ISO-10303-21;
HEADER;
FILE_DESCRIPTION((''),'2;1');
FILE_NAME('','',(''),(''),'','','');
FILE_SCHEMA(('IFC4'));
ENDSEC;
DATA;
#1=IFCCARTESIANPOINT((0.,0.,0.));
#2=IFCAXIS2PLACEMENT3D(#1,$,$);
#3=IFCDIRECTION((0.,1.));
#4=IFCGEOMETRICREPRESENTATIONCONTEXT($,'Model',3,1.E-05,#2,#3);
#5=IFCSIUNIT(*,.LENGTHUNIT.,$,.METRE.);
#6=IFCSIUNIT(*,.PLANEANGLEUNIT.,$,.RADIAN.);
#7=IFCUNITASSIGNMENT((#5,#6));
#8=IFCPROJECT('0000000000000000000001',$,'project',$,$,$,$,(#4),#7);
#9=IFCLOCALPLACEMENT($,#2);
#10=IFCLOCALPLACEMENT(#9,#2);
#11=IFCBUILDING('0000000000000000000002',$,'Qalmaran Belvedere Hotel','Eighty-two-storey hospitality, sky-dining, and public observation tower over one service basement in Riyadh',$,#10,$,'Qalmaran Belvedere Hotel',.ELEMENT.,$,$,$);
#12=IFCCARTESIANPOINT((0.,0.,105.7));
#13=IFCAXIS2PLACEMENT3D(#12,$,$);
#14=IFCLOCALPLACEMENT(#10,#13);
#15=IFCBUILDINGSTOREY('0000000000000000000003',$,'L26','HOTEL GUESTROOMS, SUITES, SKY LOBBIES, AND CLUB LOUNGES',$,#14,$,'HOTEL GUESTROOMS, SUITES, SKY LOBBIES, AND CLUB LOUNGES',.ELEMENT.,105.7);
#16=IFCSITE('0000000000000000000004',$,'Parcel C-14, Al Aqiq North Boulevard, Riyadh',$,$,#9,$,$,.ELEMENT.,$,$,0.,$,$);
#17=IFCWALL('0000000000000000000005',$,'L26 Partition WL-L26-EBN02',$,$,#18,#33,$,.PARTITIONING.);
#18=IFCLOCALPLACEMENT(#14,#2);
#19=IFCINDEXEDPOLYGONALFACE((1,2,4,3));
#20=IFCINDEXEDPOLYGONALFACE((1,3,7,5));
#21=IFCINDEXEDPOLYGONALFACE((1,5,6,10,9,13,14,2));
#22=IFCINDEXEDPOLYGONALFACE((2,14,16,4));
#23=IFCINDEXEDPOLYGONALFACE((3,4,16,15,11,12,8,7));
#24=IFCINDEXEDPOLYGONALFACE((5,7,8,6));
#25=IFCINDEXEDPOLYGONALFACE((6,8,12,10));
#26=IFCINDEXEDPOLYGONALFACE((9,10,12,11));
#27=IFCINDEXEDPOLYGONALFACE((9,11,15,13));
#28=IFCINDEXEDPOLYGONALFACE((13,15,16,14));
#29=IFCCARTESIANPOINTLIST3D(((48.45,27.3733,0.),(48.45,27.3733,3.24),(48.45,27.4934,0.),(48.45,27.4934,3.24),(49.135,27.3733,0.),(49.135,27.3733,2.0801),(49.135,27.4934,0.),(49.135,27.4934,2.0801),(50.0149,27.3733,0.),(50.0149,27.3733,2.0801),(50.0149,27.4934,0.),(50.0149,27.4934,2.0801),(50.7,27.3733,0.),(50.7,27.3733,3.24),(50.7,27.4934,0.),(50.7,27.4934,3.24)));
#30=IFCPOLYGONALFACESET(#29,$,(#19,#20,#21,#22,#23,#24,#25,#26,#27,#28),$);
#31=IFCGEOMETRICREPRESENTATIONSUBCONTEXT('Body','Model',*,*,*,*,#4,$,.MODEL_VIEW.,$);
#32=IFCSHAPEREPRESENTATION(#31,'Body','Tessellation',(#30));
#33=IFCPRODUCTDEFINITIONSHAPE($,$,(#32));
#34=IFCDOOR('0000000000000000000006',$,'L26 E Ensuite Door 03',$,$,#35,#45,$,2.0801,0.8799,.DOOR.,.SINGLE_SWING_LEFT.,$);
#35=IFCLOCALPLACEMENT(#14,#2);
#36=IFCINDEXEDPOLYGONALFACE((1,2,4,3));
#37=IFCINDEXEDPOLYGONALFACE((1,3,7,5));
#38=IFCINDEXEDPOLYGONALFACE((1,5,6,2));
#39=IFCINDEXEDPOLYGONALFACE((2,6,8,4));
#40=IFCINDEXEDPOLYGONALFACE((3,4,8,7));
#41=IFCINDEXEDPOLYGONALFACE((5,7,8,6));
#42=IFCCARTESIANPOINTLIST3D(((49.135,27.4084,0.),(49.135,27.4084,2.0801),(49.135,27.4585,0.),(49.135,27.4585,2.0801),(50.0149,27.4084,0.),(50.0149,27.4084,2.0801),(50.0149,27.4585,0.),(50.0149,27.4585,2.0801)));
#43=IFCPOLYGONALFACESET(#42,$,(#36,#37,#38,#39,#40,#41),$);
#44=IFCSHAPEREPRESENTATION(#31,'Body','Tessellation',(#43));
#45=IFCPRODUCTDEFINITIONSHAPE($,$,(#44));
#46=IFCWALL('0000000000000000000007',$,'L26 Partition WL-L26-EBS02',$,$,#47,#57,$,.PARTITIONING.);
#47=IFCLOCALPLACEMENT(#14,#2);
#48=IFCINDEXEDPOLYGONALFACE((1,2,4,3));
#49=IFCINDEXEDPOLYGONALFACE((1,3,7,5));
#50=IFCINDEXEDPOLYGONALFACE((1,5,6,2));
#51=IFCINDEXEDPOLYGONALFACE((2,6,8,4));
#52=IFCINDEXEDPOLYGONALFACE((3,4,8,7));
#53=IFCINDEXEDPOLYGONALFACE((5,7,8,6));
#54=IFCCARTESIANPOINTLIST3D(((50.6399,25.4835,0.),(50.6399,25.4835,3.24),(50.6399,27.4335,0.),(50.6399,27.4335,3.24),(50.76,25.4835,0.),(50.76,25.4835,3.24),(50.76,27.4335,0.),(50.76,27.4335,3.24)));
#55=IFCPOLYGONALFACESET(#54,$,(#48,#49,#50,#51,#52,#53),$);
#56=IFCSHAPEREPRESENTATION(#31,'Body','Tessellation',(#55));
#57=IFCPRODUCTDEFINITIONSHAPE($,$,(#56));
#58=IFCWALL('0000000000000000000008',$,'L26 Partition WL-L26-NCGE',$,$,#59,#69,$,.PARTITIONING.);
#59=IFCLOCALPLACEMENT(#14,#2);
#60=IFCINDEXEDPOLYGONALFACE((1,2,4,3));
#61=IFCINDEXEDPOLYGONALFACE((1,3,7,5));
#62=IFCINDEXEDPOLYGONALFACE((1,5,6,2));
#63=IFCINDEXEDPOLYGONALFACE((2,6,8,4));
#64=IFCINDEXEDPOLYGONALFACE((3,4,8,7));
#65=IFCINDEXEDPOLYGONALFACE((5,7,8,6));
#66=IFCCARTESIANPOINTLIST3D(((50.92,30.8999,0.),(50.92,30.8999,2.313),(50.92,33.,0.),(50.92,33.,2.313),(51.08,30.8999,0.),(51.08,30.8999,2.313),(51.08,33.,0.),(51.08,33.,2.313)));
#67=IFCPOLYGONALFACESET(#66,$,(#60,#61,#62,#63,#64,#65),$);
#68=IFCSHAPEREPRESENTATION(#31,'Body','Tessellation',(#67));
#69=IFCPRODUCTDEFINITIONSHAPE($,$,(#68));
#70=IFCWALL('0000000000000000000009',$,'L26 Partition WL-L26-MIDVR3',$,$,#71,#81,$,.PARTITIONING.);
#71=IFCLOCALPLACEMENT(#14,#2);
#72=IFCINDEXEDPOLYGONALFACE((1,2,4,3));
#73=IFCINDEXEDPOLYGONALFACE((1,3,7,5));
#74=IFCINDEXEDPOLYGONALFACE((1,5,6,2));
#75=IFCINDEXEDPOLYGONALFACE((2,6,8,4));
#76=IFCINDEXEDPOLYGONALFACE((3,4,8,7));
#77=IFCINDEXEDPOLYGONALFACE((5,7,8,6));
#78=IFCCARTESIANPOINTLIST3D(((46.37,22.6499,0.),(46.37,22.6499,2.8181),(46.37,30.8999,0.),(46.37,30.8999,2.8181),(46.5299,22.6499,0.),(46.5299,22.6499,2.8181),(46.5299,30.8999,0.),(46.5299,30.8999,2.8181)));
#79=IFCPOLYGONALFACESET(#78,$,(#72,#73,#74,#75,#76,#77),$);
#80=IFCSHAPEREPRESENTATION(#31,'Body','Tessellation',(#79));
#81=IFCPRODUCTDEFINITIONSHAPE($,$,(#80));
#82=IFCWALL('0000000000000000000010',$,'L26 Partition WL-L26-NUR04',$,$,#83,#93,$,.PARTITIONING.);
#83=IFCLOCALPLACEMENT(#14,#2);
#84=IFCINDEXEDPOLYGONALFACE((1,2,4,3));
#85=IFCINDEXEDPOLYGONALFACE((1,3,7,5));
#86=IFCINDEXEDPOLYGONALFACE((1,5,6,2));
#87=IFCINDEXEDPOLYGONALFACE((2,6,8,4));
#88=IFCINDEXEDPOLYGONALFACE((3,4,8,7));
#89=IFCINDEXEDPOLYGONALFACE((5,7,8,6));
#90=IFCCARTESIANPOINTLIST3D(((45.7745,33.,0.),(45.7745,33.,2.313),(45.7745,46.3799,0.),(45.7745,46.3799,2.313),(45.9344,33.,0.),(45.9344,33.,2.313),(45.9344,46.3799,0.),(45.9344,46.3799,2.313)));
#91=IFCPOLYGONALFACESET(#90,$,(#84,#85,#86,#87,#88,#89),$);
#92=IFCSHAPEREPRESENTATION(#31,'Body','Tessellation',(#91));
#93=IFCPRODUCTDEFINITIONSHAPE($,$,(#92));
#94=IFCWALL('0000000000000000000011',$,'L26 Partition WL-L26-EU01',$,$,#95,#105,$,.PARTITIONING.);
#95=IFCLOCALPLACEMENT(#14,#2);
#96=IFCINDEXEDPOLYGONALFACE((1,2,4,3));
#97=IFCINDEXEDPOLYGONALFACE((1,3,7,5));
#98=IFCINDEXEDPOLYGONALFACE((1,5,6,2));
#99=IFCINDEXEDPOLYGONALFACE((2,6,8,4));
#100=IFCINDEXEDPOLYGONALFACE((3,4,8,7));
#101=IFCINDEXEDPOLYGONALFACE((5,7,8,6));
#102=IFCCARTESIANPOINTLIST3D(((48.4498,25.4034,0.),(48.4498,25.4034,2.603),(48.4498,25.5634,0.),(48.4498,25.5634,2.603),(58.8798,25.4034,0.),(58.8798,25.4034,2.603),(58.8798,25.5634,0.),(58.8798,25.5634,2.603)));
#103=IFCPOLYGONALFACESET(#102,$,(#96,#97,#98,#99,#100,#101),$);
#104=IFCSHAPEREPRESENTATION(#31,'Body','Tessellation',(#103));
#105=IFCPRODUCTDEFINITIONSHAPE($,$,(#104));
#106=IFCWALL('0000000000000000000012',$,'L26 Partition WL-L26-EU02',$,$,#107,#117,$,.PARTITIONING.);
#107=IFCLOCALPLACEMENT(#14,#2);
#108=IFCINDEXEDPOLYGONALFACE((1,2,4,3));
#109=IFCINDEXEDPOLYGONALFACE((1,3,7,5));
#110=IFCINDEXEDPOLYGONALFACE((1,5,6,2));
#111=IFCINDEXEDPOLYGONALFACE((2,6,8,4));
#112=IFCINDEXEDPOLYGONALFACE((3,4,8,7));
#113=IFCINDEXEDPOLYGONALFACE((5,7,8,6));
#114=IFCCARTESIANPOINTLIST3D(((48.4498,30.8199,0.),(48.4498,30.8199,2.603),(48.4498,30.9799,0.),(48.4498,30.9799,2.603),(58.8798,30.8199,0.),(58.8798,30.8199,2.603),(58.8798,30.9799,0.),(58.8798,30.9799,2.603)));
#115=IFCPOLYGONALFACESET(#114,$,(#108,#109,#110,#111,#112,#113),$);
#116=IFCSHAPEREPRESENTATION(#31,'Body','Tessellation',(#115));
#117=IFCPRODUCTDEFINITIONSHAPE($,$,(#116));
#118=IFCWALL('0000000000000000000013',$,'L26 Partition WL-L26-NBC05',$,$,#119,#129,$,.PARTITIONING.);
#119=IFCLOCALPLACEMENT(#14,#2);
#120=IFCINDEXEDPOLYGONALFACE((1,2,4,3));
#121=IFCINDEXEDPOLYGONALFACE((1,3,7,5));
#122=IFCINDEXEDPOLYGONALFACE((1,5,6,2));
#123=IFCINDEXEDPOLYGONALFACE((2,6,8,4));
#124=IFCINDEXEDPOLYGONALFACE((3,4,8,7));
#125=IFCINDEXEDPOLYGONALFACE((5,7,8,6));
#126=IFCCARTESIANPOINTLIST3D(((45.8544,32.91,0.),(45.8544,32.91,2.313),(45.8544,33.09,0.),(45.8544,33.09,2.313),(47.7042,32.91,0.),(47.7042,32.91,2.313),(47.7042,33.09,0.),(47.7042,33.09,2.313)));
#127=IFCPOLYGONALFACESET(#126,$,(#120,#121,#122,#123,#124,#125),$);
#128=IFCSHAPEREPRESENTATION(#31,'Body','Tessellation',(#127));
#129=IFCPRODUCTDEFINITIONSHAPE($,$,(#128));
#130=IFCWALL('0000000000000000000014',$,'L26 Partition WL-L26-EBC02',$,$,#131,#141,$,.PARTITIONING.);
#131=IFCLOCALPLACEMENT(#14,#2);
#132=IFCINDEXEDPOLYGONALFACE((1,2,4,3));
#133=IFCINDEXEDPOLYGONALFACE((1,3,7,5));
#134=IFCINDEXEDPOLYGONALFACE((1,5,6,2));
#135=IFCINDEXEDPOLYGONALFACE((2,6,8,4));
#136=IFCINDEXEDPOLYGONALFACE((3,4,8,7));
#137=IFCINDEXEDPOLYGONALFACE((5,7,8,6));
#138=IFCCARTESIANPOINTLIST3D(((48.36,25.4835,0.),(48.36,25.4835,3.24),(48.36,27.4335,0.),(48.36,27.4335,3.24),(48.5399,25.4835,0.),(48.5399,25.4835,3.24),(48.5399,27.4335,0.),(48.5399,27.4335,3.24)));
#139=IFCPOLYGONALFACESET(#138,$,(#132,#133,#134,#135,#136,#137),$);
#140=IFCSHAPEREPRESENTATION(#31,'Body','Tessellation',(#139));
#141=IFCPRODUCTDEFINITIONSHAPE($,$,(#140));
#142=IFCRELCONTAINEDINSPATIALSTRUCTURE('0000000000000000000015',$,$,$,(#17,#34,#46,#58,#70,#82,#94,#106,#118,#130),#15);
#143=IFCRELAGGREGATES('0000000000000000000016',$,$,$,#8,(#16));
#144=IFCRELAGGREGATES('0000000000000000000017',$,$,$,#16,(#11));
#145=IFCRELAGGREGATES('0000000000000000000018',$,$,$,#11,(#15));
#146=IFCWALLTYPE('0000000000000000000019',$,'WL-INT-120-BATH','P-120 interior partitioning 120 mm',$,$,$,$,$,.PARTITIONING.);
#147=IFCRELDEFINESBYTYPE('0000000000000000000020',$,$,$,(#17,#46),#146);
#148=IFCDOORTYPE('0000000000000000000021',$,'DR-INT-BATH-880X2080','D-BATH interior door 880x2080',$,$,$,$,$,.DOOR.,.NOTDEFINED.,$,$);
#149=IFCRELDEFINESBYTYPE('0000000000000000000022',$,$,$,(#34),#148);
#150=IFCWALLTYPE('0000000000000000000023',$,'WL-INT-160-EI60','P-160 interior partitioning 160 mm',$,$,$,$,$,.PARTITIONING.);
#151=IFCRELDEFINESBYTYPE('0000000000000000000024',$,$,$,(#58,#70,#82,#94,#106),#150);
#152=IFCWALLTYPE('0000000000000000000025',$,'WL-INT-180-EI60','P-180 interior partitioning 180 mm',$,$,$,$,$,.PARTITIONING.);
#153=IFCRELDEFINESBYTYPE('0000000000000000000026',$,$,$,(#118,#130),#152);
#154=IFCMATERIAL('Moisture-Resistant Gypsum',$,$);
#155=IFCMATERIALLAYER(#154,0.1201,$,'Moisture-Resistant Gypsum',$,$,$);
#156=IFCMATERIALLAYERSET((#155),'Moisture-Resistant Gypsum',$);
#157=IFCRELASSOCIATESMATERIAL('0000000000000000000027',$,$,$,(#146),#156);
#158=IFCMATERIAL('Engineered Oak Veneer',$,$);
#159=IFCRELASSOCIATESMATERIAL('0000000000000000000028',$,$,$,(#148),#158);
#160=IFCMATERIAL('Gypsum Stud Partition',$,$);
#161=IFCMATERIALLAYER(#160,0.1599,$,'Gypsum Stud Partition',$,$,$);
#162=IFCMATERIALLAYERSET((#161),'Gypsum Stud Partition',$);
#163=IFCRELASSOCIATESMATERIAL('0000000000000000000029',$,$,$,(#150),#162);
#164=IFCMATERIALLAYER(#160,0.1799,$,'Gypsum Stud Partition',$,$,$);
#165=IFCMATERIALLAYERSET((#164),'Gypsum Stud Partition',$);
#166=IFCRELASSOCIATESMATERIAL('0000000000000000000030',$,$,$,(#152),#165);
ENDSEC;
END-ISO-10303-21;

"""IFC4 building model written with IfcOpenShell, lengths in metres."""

from ifc_helpers import new_model, si_unit, direction, frame, frame_2d, origin, place, context, subcontext, project, spatial, rectangle, extrude, material, layer, layer_set, type_object, element, fill, save


model = new_model("IFC4")

# Units and contexts
model_context = context("Model", 3, precision=1e-05, world=origin(), true_north=direction((0.0, 1.0)))
body_context = subcontext(model_context, "Body", "Model", "MODEL_VIEW")
ifc_project = project(units=[si_unit("LENGTHUNIT", "METRE"), si_unit("PLANEANGLEUNIT", "RADIAN")], contexts=[model_context])

# Site, building, storey
site_placement = place(None, origin())
site = spatial("IfcSite", under=ifc_project, at=site_placement, Name="Parcel C-14, Al Aqiq North Boulevard, Riyadh", CompositionType="ELEMENT", RefElevation=0.0)
building_placement = place(site_placement, origin())
building = spatial("IfcBuilding", under=site, at=building_placement, Name="Qalmaran Belvedere Hotel", Description="Eighty-two-storey hospitality, sky-dining, and public observation tower over one service basement in Riyadh", LongName="Qalmaran Belvedere Hotel", CompositionType="ELEMENT")
storey_placement = place(building_placement, frame((0.0, 0.0, 105.7)))
storey = spatial("IfcBuildingStorey", under=building, at=storey_placement, Name="L26", Description="HOTEL GUESTROOMS, SUITES, SKY LOBBIES, AND CLUB LOUNGES", LongName="HOTEL GUESTROOMS, SUITES, SKY LOBBIES, AND CLUB LOUNGES", CompositionType="ELEMENT", Elevation=105.7)

# Wall, opening, door
ifc_material_1 = material(Name="Moisture-Resistant Gypsum")
ifc_layer_1 = layer(ifc_material_1, 0.1201, Name="Moisture-Resistant Gypsum")
ifc_layer_set_1 = layer_set([ifc_layer_1], Name="Moisture-Resistant Gypsum")
wall_type_1 = type_object("IfcWallType", Name="WL-INT-120-BATH", Description="P-120 interior partitioning 120 mm", PredefinedType="PARTITIONING", material=ifc_layer_set_1)
wall_1_placement = place(storey_placement, frame((48.45, 27.4333, 0.0), z_axis=(0.0, 0.0, 1.0), x_axis=(1.0, 0.0, 0.0)))
wall_1 = element("IfcWall", 1, at=wall_1_placement, inside=storey, type_object=wall_type_1, Name="L26 Partition WL-L26-EBN02", PredefinedType="PARTITIONING", context=body_context, shape_type="SweptSolid", body=[
    extrude(rectangle(XDim=2.25, YDim=0.1201, at=frame_2d((1.125, 0.0))), origin(), (0.0, 0.0, 1.0), 3.24),
])
opening_1_placement = place(wall_1_placement, frame((1.5649, 0.0, 0.0), z_axis=(0.0, 0.0, 1.0), x_axis=(-1.0, 0.0, 0.0)))
opening_1 = element("IfcOpeningElement", 2, at=opening_1_placement, cuts=wall_1, PredefinedType="OPENING", context=body_context, shape_type="SweptSolid", body=[
    extrude(rectangle(XDim=0.8799, YDim=2.0801, at=frame_2d((0.4399, 1.04))), frame((0.0, 0.0701, 0.0), z_axis=(0.0, -1.0, 0.0), x_axis=(1.0, 0.0, 0.0)), (0.0, 0.0, 1.0), 0.1401),
])
ifc_material_2 = material(Name="Engineered Oak Veneer")
door_type_1 = type_object("IfcDoorType", Name="DR-INT-BATH-880X2080", Description="D-BATH interior door 880x2080", OperationType="NOTDEFINED", PredefinedType="DOOR", material=ifc_material_2)
door_1_placement = place(opening_1_placement, origin())
door_1 = element("IfcDoor", 3, at=door_1_placement, inside=storey, type_object=door_type_1, Name="L26 E Ensuite Door 03", OperationType="SINGLE_SWING_LEFT", OverallHeight=2.0801, OverallWidth=0.8799, PredefinedType="DOOR", context=body_context, shape_type="SweptSolid", body=[
    extrude(rectangle(XDim=0.8799, YDim=2.0801, at=frame_2d((0.4399, 1.04))), frame((0.0, 0.0249, 0.0), z_axis=(0.0, -1.0, 0.0), x_axis=(1.0, 0.0, 0.0)), (0.0, 0.0, 1.0), 0.05),
])
fill(opening_1, door_1)

# Wall
wall_2_placement = place(storey_placement, frame((50.7, 25.4834, 0.0), z_axis=(0.0, 0.0, 1.0), x_axis=(0.0, 1.0, 0.0)))
element("IfcWall", 4, at=wall_2_placement, inside=storey, type_object=wall_type_1, Name="L26 Partition WL-L26-EBS02", PredefinedType="PARTITIONING", context=body_context, shape_type="SweptSolid", body=[
    extrude(rectangle(XDim=1.95, YDim=0.1201, at=frame_2d((0.9751, 0.0))), origin(), (0.0, 0.0, 1.0), 3.24),
])

# Shared definitions
ifc_material_3 = material(Name="Gypsum Stud Partition")

# Walls
ifc_layer_2 = layer(ifc_material_3, 0.1599, Name="Gypsum Stud Partition")
ifc_layer_set_2 = layer_set([ifc_layer_2], Name="Gypsum Stud Partition")
wall_type_2 = type_object("IfcWallType", Name="WL-INT-160-EI60", Description="P-160 interior partitioning 160 mm", PredefinedType="PARTITIONING", material=ifc_layer_set_2)
wall_3_placement = place(storey_placement, frame((51.0, 30.8999, 0.0), z_axis=(0.0, 0.0, 1.0), x_axis=(0.0, 1.0, 0.0)))
element("IfcWall", 5, at=wall_3_placement, inside=storey, type_object=wall_type_2, Name="L26 Partition WL-L26-NCGE", PredefinedType="PARTITIONING", context=body_context, shape_type="SweptSolid", body=[
    extrude(rectangle(XDim=2.1001, YDim=0.1599, at=frame_2d((1.05, 0.0))), origin(), (0.0, 0.0, 1.0), 2.313),
])
wall_4_placement = place(storey_placement, frame((46.45, 22.6499, 0.0), z_axis=(0.0, 0.0, 1.0), x_axis=(0.0, 1.0, 0.0)))
element("IfcWall", 6, at=wall_4_placement, inside=storey, type_object=wall_type_2, Name="L26 Partition WL-L26-MIDVR3", PredefinedType="PARTITIONING", context=body_context, shape_type="SweptSolid", body=[
    extrude(rectangle(XDim=8.25, YDim=0.1599, at=frame_2d((4.125, 0.0))), origin(), (0.0, 0.0, 1.0), 2.8181),
])
wall_5_placement = place(storey_placement, frame((45.8545, 33.0, 0.0), z_axis=(0.0, 0.0, 1.0), x_axis=(0.0, 1.0, 0.0)))
element("IfcWall", 7, at=wall_5_placement, inside=storey, type_object=wall_type_2, Name="L26 Partition WL-L26-NUR04", PredefinedType="PARTITIONING", context=body_context, shape_type="SweptSolid", body=[
    extrude(rectangle(XDim=13.3799, YDim=0.1599, at=frame_2d((6.6899, 0.0))), origin(), (0.0, 0.0, 1.0), 2.313),
])
for number, where, z_axis, x_axis, name in (
    (8, (48.45, 25.4834, 0.0), (0.0, 0.0, 1.0), (1.0, 0.0, 0.0), "L26 Partition WL-L26-EU01"),
    (9, (48.45, 30.8999, 0.0), (0.0, 0.0, 1.0), (1.0, 0.0, 0.0), "L26 Partition WL-L26-EU02"),
):
    element("IfcWall", number, at=place(storey_placement, frame(where, z_axis=z_axis, x_axis=x_axis)), inside=storey, type_object=wall_type_2, Name=name, PredefinedType="PARTITIONING", context=body_context, shape_type="SweptSolid", body=[
        extrude(rectangle(XDim=10.4299, YDim=0.1599, at=frame_2d((5.2148, 0.0))), origin(), (0.0, 0.0, 1.0), 2.603),
    ])
ifc_layer_3 = layer(ifc_material_3, 0.1799, Name="Gypsum Stud Partition")
ifc_layer_set_3 = layer_set([ifc_layer_3], Name="Gypsum Stud Partition")
wall_type_3 = type_object("IfcWallType", Name="WL-INT-180-EI60", Description="P-180 interior partitioning 180 mm", PredefinedType="PARTITIONING", material=ifc_layer_set_3)
wall_6_placement = place(storey_placement, frame((45.8545, 33.0, 0.0), z_axis=(0.0, 0.0, 1.0), x_axis=(1.0, 0.0, 0.0)))
element("IfcWall", 10, at=wall_6_placement, inside=storey, type_object=wall_type_3, Name="L26 Partition WL-L26-NBC05", PredefinedType="PARTITIONING", context=body_context, shape_type="SweptSolid", body=[
    extrude(rectangle(XDim=1.8499, YDim=0.1799, at=frame_2d((0.9248, 0.0))), origin(), (0.0, 0.0, 1.0), 2.313),
])
wall_7_placement = place(storey_placement, frame((48.45, 25.4834, 0.0), z_axis=(0.0, 0.0, 1.0), x_axis=(0.0, 1.0, 0.0)))
element("IfcWall", 11, at=wall_7_placement, inside=storey, type_object=wall_type_3, Name="L26 Partition WL-L26-EBC02", PredefinedType="PARTITIONING", context=body_context, shape_type="SweptSolid", body=[
    extrude(rectangle(XDim=1.95, YDim=0.1799, at=frame_2d((0.9751, 0.0))), origin(), (0.0, 0.0, 1.0), 3.24),
])

save(model, "model.ifc")
